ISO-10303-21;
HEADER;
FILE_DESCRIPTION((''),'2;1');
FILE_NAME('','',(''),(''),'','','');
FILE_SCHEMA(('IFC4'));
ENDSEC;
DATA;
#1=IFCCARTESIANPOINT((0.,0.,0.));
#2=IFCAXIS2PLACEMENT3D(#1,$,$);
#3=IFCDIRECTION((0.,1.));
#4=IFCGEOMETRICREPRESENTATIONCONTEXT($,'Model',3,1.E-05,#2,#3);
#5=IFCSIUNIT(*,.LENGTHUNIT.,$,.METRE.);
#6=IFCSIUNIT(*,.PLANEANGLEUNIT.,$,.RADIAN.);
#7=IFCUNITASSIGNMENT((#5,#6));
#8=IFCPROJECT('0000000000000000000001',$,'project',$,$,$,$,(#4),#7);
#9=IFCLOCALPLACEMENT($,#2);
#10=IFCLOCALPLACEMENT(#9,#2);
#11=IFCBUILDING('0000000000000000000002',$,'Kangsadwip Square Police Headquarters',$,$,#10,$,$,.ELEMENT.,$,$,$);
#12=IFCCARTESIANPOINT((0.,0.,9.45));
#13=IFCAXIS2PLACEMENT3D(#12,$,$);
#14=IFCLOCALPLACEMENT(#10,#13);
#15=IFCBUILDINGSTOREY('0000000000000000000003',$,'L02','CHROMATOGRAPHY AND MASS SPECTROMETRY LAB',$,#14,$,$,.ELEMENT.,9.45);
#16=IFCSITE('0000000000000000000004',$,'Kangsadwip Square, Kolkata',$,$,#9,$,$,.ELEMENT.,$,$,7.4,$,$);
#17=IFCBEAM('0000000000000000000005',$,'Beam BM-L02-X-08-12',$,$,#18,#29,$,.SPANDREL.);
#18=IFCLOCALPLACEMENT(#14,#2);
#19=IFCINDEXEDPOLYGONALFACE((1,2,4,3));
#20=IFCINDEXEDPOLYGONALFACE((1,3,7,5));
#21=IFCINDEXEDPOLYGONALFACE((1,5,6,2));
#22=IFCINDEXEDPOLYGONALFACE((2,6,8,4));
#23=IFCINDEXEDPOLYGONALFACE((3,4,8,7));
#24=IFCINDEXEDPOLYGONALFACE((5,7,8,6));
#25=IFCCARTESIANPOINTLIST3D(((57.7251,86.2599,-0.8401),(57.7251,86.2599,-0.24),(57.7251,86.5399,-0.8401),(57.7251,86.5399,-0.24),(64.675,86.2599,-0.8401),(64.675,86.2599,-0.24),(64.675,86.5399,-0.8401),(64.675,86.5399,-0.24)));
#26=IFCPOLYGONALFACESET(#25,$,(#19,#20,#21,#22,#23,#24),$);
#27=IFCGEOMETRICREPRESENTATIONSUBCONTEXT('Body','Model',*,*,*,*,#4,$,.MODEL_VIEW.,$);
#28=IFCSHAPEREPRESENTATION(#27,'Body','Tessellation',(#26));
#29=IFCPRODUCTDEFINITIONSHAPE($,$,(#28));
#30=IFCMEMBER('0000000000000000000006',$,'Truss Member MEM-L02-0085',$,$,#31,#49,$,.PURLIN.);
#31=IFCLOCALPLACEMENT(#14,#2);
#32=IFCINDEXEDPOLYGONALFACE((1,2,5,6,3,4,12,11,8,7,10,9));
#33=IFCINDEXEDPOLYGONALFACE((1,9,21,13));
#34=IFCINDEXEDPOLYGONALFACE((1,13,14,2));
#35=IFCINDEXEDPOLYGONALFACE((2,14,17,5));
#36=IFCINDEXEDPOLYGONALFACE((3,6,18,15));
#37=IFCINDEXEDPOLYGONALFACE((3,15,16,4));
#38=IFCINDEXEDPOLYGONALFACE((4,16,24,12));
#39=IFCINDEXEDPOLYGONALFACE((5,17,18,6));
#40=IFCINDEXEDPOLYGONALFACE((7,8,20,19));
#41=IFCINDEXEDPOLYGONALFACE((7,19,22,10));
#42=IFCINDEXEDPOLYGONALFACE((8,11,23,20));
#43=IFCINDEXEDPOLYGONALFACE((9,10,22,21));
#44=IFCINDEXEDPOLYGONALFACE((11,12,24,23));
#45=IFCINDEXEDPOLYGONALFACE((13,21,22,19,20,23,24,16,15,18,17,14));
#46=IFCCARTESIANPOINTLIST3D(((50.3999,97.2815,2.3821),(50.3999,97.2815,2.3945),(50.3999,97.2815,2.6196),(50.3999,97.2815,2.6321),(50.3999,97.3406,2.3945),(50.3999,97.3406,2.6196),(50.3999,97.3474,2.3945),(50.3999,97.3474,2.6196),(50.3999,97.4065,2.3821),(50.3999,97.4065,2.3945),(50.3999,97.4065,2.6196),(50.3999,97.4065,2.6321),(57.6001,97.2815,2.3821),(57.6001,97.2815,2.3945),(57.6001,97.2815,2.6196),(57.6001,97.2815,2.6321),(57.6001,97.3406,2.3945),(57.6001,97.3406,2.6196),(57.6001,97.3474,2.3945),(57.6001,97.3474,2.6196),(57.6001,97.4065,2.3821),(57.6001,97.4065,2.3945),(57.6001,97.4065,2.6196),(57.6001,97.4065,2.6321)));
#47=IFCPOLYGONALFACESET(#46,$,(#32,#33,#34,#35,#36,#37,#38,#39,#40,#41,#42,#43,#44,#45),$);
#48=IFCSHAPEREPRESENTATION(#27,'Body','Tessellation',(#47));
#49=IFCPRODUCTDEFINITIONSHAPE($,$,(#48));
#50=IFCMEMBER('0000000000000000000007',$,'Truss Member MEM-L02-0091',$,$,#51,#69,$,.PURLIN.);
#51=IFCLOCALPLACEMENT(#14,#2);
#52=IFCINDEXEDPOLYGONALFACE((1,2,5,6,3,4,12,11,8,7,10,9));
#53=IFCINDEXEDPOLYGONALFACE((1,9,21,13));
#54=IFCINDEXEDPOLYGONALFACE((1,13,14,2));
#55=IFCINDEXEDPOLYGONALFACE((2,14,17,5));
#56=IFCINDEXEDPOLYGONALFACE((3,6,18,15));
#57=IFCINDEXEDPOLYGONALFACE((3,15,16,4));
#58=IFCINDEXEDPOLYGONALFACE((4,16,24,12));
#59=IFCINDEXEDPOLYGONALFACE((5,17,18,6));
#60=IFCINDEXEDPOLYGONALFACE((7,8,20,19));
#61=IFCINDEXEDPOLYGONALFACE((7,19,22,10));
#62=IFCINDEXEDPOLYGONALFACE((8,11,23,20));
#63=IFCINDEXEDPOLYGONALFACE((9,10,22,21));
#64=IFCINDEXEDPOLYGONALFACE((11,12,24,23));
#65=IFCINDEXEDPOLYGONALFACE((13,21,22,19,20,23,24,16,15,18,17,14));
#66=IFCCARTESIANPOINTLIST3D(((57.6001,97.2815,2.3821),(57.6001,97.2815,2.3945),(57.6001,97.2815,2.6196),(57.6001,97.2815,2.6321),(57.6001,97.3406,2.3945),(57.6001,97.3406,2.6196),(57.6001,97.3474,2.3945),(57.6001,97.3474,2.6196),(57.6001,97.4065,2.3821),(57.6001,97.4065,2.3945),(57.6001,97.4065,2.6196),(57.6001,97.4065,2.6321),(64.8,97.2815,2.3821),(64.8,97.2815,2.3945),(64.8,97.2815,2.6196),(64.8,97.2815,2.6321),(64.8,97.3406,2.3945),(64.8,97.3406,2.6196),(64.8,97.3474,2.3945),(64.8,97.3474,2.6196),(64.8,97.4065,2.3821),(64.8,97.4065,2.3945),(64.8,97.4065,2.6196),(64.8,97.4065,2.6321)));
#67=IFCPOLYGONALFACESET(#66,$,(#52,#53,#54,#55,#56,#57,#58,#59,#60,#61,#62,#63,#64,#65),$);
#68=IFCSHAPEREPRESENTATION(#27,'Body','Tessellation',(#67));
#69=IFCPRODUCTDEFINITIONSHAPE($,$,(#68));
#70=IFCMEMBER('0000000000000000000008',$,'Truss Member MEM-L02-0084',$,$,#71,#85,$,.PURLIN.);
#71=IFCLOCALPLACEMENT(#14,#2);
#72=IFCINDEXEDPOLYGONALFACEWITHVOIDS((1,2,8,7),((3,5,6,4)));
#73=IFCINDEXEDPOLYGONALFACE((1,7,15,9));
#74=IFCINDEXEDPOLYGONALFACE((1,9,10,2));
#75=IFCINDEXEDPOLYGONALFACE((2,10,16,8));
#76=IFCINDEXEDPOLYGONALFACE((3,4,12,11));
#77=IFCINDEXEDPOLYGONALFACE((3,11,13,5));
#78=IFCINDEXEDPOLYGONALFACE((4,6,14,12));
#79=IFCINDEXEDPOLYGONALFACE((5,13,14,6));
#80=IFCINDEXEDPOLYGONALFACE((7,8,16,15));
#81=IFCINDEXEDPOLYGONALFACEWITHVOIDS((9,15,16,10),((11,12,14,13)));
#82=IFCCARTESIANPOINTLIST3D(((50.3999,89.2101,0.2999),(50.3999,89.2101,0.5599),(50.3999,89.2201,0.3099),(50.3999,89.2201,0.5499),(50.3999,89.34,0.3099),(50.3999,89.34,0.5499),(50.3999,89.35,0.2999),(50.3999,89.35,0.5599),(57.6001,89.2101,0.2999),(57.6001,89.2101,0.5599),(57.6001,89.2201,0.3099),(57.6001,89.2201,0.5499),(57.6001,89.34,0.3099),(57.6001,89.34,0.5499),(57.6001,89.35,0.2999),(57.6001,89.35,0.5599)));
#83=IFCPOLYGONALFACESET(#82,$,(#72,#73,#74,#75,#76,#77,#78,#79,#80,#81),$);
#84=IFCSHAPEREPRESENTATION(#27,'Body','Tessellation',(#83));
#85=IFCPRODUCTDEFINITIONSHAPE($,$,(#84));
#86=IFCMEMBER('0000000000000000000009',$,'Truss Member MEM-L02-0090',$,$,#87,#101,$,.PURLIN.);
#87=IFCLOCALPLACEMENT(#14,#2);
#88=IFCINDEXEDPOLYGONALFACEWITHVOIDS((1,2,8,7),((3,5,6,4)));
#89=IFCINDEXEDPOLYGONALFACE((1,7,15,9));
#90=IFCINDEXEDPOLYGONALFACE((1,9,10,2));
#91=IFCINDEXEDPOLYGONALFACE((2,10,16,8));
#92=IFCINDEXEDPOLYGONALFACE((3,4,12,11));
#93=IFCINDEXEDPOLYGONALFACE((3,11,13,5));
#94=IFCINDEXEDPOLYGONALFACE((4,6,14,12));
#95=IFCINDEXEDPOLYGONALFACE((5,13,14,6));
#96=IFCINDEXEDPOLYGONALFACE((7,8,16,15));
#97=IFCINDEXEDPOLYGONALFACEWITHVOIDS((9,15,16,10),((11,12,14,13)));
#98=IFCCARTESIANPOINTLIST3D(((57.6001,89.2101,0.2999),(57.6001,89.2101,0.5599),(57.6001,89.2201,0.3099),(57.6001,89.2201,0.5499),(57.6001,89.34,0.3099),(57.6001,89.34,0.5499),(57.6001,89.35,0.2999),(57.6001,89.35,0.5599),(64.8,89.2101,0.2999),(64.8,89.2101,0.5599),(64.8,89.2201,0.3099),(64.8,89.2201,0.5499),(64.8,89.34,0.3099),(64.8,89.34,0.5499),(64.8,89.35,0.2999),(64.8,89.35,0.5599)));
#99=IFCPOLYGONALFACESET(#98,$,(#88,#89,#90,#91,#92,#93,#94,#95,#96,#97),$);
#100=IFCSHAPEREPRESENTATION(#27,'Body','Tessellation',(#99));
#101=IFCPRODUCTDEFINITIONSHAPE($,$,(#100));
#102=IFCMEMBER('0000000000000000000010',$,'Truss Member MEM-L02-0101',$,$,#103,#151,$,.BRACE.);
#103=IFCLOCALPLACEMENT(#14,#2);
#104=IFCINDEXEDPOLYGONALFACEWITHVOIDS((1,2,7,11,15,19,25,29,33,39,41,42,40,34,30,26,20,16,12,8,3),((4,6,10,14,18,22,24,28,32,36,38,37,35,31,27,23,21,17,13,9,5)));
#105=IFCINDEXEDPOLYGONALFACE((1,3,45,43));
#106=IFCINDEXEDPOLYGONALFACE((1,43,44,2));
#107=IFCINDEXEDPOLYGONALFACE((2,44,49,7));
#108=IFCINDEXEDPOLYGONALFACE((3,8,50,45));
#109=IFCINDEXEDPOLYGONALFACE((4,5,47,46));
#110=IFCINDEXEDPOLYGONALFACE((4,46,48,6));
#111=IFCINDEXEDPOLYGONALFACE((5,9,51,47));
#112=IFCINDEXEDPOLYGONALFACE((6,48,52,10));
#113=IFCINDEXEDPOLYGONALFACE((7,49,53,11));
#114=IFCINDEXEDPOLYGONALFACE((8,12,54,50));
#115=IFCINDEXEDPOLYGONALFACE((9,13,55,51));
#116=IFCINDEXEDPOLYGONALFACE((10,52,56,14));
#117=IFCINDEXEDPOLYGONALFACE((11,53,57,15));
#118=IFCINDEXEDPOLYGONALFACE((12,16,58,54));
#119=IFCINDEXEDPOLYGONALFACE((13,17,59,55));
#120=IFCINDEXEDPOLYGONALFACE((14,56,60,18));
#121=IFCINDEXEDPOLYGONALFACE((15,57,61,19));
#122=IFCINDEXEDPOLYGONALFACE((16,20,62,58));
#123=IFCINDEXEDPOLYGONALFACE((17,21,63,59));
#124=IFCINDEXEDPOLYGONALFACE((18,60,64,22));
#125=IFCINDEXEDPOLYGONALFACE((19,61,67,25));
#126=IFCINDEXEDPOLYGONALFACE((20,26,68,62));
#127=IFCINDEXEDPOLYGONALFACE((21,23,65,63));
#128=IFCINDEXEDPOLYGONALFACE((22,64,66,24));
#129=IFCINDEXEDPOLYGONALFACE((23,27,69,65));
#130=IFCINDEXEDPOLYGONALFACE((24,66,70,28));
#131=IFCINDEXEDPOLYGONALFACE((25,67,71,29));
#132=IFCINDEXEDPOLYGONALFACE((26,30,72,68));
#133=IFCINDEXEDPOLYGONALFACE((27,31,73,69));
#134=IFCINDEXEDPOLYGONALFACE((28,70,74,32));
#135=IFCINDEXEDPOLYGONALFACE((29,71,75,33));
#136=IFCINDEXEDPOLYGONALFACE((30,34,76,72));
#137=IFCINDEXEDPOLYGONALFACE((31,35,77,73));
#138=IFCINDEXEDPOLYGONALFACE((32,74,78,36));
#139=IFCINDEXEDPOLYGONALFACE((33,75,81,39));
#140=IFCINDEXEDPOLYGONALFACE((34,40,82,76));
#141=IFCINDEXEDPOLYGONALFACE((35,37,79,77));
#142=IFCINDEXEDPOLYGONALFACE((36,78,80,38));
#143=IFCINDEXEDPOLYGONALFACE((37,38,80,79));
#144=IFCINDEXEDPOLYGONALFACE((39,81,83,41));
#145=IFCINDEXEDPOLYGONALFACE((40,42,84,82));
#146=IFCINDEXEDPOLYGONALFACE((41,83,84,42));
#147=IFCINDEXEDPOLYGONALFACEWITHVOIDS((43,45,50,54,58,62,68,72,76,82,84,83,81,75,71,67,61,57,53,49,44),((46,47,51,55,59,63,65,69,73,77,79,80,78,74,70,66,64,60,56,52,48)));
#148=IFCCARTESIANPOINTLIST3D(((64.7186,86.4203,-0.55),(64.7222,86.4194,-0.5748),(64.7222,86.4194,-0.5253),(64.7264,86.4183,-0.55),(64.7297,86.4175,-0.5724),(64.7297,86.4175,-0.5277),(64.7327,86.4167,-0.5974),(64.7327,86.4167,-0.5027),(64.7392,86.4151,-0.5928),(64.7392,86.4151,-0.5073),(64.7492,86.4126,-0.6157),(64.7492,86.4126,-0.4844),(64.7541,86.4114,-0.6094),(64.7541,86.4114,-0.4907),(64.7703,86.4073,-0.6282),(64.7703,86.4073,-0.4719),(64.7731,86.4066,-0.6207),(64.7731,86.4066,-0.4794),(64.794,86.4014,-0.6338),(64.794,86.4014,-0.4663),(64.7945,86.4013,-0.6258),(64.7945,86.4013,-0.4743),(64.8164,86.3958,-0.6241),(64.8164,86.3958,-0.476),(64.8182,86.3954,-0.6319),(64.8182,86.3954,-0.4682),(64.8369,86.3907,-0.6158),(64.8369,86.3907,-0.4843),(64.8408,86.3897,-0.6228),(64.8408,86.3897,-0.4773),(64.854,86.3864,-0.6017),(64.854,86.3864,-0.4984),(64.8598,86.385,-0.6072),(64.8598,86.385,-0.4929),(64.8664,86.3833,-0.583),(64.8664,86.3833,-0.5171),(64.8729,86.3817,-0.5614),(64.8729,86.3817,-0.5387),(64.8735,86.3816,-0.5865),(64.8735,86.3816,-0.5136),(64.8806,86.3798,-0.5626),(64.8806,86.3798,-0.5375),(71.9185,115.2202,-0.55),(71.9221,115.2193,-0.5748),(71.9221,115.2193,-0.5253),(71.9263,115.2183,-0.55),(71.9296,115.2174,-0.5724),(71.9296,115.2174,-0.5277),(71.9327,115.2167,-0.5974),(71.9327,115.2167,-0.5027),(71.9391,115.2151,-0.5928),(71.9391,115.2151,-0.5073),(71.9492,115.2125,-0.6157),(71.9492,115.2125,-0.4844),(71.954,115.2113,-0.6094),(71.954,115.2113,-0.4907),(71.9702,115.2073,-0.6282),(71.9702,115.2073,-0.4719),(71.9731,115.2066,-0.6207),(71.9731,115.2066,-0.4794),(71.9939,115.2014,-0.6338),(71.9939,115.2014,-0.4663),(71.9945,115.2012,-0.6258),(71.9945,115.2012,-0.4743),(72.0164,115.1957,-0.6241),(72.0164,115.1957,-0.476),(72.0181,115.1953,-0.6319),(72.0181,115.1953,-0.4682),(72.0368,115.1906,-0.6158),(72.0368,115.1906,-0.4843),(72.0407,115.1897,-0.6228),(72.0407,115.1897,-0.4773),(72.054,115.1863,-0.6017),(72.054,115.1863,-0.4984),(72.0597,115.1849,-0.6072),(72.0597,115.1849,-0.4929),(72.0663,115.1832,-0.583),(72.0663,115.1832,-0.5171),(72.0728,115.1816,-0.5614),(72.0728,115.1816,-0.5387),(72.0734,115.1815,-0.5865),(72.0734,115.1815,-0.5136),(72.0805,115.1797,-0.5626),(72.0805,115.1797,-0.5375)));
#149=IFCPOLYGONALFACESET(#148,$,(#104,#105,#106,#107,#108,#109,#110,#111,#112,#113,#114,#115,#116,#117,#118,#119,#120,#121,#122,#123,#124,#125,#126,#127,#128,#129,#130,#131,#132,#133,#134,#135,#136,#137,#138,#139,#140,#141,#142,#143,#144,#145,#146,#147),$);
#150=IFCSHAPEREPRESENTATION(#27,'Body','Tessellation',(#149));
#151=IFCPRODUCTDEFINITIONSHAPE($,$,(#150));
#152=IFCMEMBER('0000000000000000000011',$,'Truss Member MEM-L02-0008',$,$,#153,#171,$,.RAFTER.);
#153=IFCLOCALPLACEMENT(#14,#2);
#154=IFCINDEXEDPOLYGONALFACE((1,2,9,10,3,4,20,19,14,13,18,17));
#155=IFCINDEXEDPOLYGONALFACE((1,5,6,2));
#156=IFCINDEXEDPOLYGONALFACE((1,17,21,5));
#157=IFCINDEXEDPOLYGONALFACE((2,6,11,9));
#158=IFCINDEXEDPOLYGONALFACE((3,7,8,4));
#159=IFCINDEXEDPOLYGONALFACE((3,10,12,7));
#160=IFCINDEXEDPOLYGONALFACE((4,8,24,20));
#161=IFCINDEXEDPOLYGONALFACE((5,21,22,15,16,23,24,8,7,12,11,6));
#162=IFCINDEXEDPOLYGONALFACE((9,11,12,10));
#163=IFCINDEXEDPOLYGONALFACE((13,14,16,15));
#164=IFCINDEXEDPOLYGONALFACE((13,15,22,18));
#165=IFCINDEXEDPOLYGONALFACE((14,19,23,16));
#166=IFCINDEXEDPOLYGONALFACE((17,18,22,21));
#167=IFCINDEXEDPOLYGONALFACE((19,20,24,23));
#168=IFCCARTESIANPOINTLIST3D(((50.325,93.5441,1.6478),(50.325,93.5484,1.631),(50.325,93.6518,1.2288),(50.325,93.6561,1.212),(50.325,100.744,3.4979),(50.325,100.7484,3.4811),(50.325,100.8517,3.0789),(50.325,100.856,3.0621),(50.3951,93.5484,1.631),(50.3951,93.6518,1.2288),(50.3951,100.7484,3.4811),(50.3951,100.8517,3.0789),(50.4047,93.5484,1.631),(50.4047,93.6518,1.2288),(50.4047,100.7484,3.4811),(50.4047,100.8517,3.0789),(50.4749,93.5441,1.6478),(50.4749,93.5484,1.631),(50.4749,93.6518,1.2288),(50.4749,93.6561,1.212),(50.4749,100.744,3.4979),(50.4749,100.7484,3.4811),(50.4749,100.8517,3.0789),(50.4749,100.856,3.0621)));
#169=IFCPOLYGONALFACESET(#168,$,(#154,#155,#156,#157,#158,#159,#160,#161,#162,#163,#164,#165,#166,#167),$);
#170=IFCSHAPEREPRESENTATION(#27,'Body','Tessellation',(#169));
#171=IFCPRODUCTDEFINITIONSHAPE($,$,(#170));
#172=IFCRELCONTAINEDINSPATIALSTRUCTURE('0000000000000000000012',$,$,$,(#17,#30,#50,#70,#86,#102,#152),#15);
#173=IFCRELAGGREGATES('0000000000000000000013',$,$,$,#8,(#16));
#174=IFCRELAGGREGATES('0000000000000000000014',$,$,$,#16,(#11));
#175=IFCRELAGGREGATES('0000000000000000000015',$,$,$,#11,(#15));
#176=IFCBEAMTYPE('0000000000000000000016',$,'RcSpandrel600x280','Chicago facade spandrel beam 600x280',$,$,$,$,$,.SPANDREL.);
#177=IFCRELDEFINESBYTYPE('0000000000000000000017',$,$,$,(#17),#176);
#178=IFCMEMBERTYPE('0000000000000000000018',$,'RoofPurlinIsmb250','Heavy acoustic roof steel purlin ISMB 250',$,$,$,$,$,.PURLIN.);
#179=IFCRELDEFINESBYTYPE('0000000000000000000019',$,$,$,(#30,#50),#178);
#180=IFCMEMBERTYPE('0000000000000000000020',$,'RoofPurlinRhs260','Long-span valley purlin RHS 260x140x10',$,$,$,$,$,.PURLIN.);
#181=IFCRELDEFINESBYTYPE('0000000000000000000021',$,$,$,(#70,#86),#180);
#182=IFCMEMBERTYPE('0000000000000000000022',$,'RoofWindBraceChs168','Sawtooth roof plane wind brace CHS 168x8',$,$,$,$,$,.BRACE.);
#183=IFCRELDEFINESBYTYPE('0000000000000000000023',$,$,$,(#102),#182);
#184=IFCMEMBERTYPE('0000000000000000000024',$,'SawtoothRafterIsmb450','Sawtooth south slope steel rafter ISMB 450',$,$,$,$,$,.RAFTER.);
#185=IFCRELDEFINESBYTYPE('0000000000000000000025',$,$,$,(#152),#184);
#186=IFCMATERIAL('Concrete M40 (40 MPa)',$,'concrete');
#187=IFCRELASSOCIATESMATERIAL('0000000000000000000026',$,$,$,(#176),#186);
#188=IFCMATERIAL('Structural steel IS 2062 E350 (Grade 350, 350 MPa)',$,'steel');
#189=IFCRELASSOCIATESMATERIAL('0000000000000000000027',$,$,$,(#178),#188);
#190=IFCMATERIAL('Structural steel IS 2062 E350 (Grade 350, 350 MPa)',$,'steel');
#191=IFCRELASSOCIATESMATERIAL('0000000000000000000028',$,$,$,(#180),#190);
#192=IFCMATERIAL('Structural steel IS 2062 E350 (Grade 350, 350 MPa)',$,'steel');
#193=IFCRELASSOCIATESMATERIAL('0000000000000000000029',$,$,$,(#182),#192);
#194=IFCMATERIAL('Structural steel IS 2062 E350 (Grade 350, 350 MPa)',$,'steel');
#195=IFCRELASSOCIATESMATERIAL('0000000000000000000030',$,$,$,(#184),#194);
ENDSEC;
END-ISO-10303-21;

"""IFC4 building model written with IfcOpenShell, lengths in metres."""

from ifc_helpers import new_model, si_unit, direction, frame, origin, origin_2d, place, context, subcontext, project, spatial, rectangle, hollow_rectangle, hollow_circle, i_section, extrude, material, material_profile, profile_set, type_object, element, save


model = new_model("IFC4")

# Units and contexts
model_context = context("Model", 3, precision=1e-05, world=origin(), true_north=direction((0.0, 1.0)))
body_context = subcontext(model_context, "Body", "Model", "MODEL_VIEW")
ifc_project = project(units=[si_unit("LENGTHUNIT", "METRE"), si_unit("PLANEANGLEUNIT", "RADIAN")], contexts=[model_context])

# Site, building, storey
site_placement = place(None, origin())
site = spatial("IfcSite", under=ifc_project, at=site_placement, Name="Kangsadwip Square, Kolkata", CompositionType="ELEMENT", RefElevation=7.4)
building_placement = place(site_placement, origin())
building = spatial("IfcBuilding", under=site, at=building_placement, Name="Kangsadwip Square Police Headquarters", CompositionType="ELEMENT")
storey_placement = place(building_placement, frame((0.0, 0.0, 9.45)))
storey = spatial("IfcBuildingStorey", under=building, at=storey_placement, Name="L02", Description="CHROMATOGRAPHY AND MASS SPECTROMETRY LAB", CompositionType="ELEMENT", Elevation=9.45)

# Beam
ifc_material_1 = material(Name="Concrete M40 (40 MPa)", Category="concrete")
ifc_material_profile_1 = material_profile(ifc_material_1, rectangle(XDim=0.28, YDim=0.6001, at=origin_2d()), Name="RC SPN 600X280")
ifc_profile_set_1 = profile_set([ifc_material_profile_1], Name="Concrete M40 (40 MPa)")
beam_type = type_object("IfcBeamType", Name="RcSpandrel600x280", Description="Chicago facade spandrel beam 600x280", PredefinedType="SPANDREL", material=ifc_profile_set_1)
beam_placement = place(storey_placement, frame((57.7251, 86.3999, -0.54), z_axis=(1.0, 0.0, 0.0), x_axis=(0.0, 1.0, 0.0)))
element("IfcBeam", 1, at=beam_placement, inside=storey, type_object=beam_type, Name="Beam BM-L02-X-08-12", PredefinedType="SPANDREL", context=body_context, shape_type="SweptSolid", body=[
    extrude(rectangle(XDim=0.28, YDim=0.6001, at=origin_2d()), origin(), (0.0, 0.0, 1.0), 6.95),
])

# Members
ifc_material_2 = material(Name="Structural steel IS 2062 E350 (Grade 350, 350 MPa)", Category="steel")
ifc_material_profile_2 = material_profile(ifc_material_2, i_section(OverallWidth=0.125, OverallDepth=0.25, WebThickness=0.0068, FlangeThickness=0.0125, at=origin_2d()), Name="ISMB 250")
ifc_profile_set_2 = profile_set([ifc_material_profile_2], Name="Structural steel IS 2062 E350 (Grade 350, 350 MPa)")
member_type_1 = type_object("IfcMemberType", Name="RoofPurlinIsmb250", Description="Heavy acoustic roof steel purlin ISMB 250", PredefinedType="PURLIN", material=ifc_profile_set_2)
member_1_placement = place(storey_placement, frame((50.3999, 97.344, 2.5071), z_axis=(1.0, 0.0, 0.0), x_axis=(0.0, 1.0, 0.0)))
element("IfcMember", 2, at=member_1_placement, inside=storey, type_object=member_type_1, Name="Truss Member MEM-L02-0085", PredefinedType="PURLIN", context=body_context, shape_type="SweptSolid", body=[
    extrude(i_section(OverallWidth=0.125, OverallDepth=0.25, WebThickness=0.0068, FlangeThickness=0.0125, at=origin_2d()), origin(), (0.0, 0.0, 1.0), 7.2002),
])
member_2_placement = place(storey_placement, frame((57.6001, 97.344, 2.5071), z_axis=(1.0, 0.0, 0.0), x_axis=(0.0, 1.0, 0.0)))
element("IfcMember", 3, at=member_2_placement, inside=storey, type_object=member_type_1, Name="Truss Member MEM-L02-0091", PredefinedType="PURLIN", context=body_context, shape_type="SweptSolid", body=[
    extrude(i_section(OverallWidth=0.125, OverallDepth=0.25, WebThickness=0.0068, FlangeThickness=0.0125, at=origin_2d()), origin(), (0.0, 0.0, 1.0), 7.2),
])
ifc_material_3 = material(Name="Structural steel IS 2062 E350 (Grade 350, 350 MPa)", Category="steel")
ifc_material_profile_3 = material_profile(ifc_material_3, hollow_rectangle(XDim=0.1399, YDim=0.26, WallThickness=0.01, at=origin_2d()), Name="RHS 260X140X10")
ifc_profile_set_3 = profile_set([ifc_material_profile_3], Name="Structural steel IS 2062 E350 (Grade 350, 350 MPa)")
member_type_2 = type_object("IfcMemberType", Name="RoofPurlinRhs260", Description="Long-span valley purlin RHS 260x140x10", PredefinedType="PURLIN", material=ifc_profile_set_3)
member_3_placement = place(storey_placement, frame((50.3999, 89.28, 0.4299), z_axis=(1.0, 0.0, 0.0), x_axis=(0.0, 1.0, 0.0)))
element("IfcMember", 4, at=member_3_placement, inside=storey, type_object=member_type_2, Name="Truss Member MEM-L02-0084", PredefinedType="PURLIN", context=body_context, shape_type="SweptSolid", body=[
    extrude(hollow_rectangle(XDim=0.1399, YDim=0.26, WallThickness=0.01, at=origin_2d()), origin(), (0.0, 0.0, 1.0), 7.2002),
])
member_4_placement = place(storey_placement, frame((57.6001, 89.28, 0.4299), z_axis=(1.0, 0.0, 0.0), x_axis=(0.0, 1.0, 0.0)))
element("IfcMember", 5, at=member_4_placement, inside=storey, type_object=member_type_2, Name="Truss Member MEM-L02-0090", PredefinedType="PURLIN", context=body_context, shape_type="SweptSolid", body=[
    extrude(hollow_rectangle(XDim=0.1399, YDim=0.26, WallThickness=0.01, at=origin_2d()), origin(), (0.0, 0.0, 1.0), 7.2),
])
ifc_material_4 = material(Name="Structural steel IS 2062 E350 (Grade 350, 350 MPa)", Category="steel")
ifc_material_profile_4 = material_profile(ifc_material_4, hollow_circle(Radius=0.084, WallThickness=0.0081, at=origin_2d()), Name="CHS 168X8")
ifc_profile_set_4 = profile_set([ifc_material_profile_4], Name="Structural steel IS 2062 E350 (Grade 350, 350 MPa)")
member_type_3 = type_object("IfcMemberType", Name="RoofWindBraceChs168", Description="Sawtooth roof plane wind brace CHS 168x8", PredefinedType="BRACE", material=ifc_profile_set_4)
member_5_placement = place(storey_placement, frame((64.8, 86.3999, -0.55), z_axis=(0.242534, 0.970143, 0.0), x_axis=(-0.970143, 0.242534, 0.0)))
element("IfcMember", 6, at=member_5_placement, inside=storey, type_object=member_type_3, Name="Truss Member MEM-L02-0101", PredefinedType="BRACE", context=body_context, shape_type="SweptSolid", body=[
    extrude(hollow_circle(Radius=0.084, WallThickness=0.0081, at=origin_2d()), origin(), (0.0, 0.0, 1.0), 29.6863),
])
ifc_material_5 = material(Name="Structural steel IS 2062 E350 (Grade 350, 350 MPa)", Category="steel")
ifc_material_profile_5 = material_profile(ifc_material_5, i_section(OverallWidth=0.1499, OverallDepth=0.45, WebThickness=0.0095, FlangeThickness=0.0173, at=origin_2d()), Name="ISMB 450")
ifc_profile_set_5 = profile_set([ifc_material_profile_5], Name="Structural steel IS 2062 E350 (Grade 350, 350 MPa)")
member_type_4 = type_object("IfcMemberType", Name="SawtoothRafterIsmb450", Description="Sawtooth south slope steel rafter ISMB 450", PredefinedType="RAFTER", material=ifc_profile_set_5)
member_6_placement = place(storey_placement, frame((50.3999, 93.6001, 1.4299), z_axis=(0.0, 0.968536, 0.248875), x_axis=(-1.0, 0.0, 0.0)))
element("IfcMember", 7, at=member_6_placement, inside=storey, type_object=member_type_4, Name="Truss Member MEM-L02-0008", PredefinedType="RAFTER", context=body_context, shape_type="SweptSolid", body=[
    extrude(i_section(OverallWidth=0.1499, OverallDepth=0.45, WebThickness=0.0095, FlangeThickness=0.0173, at=origin_2d()), origin(), (0.0, 0.0, 1.0), 7.4338),
])

save(model, "model.ifc")
